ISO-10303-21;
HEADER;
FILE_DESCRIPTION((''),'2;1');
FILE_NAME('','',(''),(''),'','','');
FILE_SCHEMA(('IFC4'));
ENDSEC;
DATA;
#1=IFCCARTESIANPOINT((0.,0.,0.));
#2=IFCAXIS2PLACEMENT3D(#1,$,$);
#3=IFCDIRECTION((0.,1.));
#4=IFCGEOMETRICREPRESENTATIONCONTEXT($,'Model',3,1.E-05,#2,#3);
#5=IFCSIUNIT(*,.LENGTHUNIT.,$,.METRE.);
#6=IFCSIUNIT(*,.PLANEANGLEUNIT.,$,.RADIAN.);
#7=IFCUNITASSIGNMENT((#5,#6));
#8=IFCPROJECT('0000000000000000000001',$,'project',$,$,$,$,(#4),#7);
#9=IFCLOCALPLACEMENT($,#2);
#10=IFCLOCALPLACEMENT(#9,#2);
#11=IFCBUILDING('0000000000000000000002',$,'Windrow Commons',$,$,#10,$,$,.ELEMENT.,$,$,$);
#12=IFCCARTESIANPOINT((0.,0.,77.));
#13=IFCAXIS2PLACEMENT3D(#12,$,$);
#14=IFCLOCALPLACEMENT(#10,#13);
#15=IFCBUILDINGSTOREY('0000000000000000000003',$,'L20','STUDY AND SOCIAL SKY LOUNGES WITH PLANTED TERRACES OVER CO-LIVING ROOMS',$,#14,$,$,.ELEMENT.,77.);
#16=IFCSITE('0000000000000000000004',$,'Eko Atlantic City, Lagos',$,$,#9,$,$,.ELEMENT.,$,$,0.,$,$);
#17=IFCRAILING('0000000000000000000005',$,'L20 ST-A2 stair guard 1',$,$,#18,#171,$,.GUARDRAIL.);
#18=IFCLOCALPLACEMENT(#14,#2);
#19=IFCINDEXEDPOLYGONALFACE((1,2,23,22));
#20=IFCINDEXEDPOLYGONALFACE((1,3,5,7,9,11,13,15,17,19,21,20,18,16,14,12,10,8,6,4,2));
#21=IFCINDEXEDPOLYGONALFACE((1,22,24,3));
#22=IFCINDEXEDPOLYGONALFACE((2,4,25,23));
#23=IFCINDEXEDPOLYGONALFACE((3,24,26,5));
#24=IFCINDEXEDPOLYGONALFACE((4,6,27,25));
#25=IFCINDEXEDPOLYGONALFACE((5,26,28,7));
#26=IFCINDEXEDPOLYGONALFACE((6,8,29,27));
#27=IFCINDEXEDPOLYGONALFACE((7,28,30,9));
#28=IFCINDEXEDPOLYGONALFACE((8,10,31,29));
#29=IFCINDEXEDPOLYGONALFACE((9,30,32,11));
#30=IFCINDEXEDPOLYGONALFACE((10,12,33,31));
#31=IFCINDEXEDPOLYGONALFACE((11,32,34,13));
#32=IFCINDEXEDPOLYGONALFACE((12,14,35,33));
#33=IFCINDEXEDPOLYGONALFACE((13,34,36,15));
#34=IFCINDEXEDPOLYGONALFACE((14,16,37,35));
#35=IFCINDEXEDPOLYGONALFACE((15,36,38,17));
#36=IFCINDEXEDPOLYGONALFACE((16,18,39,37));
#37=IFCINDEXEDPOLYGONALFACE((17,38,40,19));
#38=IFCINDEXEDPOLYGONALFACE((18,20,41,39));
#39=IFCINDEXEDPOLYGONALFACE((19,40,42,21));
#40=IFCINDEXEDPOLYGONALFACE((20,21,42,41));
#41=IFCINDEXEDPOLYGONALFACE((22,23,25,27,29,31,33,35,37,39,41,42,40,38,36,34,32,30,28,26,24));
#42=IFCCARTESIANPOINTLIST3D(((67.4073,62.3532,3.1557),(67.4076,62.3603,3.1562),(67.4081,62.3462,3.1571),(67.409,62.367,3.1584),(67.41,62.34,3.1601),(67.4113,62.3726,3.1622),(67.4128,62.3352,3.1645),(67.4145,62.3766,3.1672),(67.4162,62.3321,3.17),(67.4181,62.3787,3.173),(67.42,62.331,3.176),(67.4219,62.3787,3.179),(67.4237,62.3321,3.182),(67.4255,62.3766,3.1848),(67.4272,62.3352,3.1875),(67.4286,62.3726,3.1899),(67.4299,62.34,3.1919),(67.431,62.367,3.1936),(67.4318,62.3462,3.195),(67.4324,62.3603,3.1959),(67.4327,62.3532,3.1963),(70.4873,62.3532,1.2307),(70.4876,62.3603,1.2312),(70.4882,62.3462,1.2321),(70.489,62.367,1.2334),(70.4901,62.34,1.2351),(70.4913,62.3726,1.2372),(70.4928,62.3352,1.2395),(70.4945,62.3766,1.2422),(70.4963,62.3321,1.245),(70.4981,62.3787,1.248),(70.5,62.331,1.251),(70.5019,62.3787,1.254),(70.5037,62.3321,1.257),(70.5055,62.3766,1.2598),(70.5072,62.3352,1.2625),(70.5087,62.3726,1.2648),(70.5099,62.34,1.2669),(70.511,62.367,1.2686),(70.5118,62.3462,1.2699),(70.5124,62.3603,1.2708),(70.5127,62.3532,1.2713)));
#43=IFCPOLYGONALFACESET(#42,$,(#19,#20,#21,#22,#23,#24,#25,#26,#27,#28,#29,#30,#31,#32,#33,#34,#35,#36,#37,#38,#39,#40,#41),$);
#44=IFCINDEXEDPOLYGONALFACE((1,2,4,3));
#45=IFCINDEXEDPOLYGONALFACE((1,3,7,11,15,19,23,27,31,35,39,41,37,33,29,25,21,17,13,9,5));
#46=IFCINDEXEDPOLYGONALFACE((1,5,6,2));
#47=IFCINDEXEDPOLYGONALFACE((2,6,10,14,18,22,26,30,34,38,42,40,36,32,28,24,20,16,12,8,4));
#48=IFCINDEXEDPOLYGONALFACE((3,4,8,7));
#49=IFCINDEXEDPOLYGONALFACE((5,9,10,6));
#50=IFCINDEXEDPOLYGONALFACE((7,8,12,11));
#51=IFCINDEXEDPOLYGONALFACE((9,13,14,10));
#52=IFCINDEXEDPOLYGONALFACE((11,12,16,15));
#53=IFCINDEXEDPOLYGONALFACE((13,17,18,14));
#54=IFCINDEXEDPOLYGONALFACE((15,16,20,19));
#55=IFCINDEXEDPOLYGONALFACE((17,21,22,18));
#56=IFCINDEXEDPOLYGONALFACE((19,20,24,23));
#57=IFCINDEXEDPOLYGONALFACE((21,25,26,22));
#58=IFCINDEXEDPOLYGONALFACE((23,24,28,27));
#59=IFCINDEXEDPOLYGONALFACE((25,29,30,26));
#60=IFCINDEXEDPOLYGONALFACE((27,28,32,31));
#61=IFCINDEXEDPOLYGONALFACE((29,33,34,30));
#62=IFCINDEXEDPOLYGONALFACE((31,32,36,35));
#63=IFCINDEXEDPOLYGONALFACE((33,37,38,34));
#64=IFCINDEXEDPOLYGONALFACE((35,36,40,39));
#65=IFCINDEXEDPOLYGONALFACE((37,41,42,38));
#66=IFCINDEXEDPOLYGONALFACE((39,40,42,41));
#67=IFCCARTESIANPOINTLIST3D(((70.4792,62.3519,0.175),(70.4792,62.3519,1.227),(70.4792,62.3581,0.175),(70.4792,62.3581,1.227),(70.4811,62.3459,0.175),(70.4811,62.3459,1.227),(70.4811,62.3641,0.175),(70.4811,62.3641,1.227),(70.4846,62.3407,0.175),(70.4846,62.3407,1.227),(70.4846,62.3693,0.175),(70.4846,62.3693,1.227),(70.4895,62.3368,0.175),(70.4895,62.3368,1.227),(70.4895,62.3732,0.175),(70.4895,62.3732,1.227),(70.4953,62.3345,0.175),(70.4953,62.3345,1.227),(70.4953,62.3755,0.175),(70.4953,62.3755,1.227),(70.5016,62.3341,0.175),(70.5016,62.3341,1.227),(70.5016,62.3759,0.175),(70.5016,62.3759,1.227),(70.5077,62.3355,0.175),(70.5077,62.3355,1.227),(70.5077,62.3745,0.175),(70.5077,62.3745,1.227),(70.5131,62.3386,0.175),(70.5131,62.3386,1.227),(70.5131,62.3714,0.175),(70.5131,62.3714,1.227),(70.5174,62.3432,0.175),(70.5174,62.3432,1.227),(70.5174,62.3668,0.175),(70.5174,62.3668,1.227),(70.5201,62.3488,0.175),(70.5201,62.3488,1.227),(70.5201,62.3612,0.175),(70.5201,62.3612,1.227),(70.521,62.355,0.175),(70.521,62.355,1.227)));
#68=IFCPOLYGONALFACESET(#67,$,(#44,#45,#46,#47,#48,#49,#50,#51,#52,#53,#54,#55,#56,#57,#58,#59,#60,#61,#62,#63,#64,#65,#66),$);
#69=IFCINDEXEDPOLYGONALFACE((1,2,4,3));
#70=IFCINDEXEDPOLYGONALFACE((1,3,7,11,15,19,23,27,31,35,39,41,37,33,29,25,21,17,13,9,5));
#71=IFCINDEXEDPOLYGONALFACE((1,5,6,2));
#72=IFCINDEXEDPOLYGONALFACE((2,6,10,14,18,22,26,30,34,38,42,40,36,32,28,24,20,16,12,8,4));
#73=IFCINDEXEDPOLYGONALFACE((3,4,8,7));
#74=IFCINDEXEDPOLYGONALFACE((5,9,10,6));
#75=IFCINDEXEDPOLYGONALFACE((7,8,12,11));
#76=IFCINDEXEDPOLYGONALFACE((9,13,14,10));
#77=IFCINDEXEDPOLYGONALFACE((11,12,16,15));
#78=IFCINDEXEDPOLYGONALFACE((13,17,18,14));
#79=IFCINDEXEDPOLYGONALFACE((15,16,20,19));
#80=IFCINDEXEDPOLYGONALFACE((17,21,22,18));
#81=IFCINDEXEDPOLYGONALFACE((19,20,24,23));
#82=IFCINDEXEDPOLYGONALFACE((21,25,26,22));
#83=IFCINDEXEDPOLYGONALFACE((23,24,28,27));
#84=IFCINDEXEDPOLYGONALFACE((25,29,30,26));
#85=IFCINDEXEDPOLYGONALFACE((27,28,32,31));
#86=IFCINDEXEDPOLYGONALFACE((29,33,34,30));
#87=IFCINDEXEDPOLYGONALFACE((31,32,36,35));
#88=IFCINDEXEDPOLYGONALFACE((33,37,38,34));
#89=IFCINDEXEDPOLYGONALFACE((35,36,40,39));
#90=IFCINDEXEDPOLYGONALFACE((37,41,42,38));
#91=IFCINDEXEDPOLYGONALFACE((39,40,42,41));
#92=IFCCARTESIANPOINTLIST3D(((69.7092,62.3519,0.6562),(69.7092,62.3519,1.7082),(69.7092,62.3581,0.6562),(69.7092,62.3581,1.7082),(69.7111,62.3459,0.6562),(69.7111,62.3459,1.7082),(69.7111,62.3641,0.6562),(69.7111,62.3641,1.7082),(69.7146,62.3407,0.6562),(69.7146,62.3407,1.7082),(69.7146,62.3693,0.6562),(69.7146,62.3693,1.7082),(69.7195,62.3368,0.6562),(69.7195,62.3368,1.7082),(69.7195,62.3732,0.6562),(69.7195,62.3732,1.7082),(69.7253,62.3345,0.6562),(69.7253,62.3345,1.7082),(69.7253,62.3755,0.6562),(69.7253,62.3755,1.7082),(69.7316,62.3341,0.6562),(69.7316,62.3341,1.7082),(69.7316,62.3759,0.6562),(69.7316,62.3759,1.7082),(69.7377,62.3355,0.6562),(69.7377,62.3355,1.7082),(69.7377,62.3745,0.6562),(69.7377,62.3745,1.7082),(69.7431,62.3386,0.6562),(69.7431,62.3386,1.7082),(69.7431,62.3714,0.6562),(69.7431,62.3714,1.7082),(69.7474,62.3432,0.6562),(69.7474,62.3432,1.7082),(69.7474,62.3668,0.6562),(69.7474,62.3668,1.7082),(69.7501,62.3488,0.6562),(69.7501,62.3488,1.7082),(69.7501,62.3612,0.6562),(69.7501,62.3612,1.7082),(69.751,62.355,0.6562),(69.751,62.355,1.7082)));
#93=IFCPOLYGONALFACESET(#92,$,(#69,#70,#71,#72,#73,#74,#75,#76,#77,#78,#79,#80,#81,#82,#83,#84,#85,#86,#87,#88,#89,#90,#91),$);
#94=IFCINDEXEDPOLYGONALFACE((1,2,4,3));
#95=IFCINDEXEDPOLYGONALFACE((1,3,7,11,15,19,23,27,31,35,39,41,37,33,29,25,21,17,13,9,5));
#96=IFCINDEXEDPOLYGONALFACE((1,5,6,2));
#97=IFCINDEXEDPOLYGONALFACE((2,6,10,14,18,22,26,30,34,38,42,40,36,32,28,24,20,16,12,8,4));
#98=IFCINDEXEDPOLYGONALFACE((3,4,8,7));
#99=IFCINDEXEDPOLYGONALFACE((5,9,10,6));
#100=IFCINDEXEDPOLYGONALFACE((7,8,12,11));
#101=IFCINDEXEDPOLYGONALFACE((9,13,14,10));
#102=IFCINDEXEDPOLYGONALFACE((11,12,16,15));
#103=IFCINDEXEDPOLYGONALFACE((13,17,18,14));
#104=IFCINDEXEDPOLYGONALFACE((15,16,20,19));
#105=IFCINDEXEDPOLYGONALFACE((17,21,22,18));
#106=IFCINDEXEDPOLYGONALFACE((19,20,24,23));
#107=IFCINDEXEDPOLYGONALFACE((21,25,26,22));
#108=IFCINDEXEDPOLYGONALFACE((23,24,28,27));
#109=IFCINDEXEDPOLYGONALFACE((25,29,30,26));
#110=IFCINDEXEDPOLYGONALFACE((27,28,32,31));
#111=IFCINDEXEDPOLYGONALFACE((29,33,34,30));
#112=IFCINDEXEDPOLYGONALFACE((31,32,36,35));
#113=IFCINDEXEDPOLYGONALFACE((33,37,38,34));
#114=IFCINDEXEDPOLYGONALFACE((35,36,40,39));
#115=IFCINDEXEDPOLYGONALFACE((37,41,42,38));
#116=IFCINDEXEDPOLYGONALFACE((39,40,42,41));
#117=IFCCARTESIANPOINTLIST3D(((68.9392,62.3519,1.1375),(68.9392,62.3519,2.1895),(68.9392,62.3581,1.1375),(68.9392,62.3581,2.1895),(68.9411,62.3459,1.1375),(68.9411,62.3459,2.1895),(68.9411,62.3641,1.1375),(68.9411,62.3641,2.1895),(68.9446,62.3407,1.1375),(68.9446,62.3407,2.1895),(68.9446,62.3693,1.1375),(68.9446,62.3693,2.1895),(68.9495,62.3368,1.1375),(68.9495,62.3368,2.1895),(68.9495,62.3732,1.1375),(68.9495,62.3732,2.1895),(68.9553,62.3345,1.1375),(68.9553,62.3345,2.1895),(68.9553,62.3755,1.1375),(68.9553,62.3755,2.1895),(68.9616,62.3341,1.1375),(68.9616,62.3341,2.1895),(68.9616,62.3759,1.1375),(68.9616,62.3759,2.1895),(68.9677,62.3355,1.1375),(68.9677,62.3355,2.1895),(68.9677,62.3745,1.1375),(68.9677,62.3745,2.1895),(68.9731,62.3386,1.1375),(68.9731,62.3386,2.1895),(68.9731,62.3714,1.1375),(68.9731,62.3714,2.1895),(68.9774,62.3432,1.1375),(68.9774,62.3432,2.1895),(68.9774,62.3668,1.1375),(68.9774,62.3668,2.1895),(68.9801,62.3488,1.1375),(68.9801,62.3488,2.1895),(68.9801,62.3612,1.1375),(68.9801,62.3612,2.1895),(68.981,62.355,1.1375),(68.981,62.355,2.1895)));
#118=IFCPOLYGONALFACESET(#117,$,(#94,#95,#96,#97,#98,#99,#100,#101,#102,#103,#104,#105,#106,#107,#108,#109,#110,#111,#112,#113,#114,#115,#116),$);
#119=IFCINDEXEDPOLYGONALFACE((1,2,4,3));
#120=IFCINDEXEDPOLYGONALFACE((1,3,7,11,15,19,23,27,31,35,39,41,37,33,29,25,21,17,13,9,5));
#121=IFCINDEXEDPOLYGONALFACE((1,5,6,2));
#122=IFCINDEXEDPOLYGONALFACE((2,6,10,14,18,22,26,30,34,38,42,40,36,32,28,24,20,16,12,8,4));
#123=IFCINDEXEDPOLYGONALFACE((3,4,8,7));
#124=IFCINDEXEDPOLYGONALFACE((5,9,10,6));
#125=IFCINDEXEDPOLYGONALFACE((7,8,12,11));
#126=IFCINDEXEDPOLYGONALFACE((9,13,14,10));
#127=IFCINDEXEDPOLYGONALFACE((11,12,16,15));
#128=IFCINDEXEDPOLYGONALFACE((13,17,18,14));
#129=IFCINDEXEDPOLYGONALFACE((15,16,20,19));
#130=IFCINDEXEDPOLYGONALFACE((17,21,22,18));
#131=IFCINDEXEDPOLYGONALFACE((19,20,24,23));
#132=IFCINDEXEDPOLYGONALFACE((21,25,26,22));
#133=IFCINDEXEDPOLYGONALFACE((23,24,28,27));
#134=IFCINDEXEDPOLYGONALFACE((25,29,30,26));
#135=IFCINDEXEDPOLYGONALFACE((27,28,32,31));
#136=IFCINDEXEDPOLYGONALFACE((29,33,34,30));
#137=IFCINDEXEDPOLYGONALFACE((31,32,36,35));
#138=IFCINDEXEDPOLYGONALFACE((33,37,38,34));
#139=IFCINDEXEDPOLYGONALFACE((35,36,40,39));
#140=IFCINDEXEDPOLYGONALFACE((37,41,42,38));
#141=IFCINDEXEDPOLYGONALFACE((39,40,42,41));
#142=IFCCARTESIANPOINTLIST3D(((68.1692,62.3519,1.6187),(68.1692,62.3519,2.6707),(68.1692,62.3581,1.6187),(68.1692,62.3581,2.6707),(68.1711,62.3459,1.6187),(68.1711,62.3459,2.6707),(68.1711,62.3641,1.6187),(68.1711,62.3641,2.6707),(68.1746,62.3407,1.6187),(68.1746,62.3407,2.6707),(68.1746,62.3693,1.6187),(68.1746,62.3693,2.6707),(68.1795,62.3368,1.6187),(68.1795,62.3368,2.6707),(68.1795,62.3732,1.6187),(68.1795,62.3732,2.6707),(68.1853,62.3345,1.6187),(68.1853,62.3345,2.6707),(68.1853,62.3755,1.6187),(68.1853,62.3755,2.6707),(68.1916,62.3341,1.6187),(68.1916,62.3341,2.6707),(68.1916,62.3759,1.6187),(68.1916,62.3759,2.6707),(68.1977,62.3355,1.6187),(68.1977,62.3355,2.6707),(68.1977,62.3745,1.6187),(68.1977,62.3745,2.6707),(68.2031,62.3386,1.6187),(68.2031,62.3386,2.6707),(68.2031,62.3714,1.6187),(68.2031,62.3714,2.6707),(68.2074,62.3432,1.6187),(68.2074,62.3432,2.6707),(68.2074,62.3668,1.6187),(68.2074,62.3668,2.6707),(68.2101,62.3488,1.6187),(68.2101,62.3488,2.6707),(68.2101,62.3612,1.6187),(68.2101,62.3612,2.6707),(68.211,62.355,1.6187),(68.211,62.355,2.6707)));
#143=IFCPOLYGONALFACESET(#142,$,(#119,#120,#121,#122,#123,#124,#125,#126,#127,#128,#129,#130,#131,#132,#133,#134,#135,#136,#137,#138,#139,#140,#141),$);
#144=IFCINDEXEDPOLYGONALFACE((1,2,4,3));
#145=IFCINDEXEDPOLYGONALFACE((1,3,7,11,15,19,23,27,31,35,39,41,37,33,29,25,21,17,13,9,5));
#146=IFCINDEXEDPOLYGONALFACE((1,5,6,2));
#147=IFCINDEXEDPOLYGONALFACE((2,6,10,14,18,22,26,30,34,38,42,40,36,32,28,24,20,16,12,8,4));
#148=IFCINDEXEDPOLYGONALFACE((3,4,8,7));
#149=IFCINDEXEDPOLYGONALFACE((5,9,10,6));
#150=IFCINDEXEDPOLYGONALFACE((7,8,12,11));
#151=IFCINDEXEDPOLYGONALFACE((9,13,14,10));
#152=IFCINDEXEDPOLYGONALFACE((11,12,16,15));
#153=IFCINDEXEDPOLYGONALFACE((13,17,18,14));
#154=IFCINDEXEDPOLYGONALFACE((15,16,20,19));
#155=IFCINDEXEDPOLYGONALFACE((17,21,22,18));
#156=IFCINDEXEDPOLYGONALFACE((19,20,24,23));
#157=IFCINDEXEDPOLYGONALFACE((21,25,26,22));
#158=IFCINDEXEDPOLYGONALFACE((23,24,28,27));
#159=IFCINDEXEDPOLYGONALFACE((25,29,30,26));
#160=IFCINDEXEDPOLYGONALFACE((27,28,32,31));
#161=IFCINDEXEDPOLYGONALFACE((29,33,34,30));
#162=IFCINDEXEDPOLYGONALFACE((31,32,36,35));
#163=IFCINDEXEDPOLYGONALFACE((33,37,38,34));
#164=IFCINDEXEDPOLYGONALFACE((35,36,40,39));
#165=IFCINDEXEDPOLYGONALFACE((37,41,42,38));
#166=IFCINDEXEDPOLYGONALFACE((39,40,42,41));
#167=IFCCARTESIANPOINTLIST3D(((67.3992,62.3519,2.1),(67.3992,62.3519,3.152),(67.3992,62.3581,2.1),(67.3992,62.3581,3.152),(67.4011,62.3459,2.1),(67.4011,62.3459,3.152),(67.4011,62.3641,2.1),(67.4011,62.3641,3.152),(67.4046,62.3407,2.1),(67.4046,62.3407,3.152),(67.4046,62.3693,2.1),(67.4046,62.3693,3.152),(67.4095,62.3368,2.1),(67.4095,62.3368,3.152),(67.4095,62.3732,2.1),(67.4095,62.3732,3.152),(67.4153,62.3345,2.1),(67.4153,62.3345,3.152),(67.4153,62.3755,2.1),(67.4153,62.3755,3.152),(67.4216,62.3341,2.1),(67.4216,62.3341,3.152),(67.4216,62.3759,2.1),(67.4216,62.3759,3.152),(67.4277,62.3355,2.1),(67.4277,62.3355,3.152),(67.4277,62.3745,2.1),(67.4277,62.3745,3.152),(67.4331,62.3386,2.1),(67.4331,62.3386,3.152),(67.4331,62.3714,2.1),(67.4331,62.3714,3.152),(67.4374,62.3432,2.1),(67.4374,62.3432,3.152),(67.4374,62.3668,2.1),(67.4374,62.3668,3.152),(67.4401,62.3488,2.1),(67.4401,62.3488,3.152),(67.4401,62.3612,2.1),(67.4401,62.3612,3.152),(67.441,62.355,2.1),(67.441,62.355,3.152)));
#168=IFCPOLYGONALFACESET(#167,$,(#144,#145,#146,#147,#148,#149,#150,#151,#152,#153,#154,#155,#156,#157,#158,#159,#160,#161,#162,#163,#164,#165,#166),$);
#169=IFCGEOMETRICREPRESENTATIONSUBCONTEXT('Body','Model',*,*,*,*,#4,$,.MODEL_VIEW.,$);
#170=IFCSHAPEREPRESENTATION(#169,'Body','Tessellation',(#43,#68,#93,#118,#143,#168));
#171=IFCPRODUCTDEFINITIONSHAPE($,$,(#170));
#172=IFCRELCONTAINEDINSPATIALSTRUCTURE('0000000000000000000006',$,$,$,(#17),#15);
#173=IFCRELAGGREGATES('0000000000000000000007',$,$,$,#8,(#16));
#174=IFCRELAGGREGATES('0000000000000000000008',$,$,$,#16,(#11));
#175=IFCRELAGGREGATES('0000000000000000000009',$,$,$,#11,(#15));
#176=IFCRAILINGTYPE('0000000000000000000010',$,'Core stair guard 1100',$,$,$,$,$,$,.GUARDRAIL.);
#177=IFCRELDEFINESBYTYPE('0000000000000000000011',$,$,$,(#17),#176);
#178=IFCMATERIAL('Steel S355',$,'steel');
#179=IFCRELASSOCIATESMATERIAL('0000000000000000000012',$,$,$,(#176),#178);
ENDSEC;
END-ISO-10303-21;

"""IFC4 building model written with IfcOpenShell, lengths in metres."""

from ifc_helpers import new_model, si_unit, direction, frame, origin, origin_2d, place, context, subcontext, project, spatial, circle, extrude, material, type_object, element, save


model = new_model("IFC4")

# Units and contexts
model_context = context("Model", 3, precision=1e-05, world=origin(), true_north=direction((0.0, 1.0)))
body_context = subcontext(model_context, "Body", "Model", "MODEL_VIEW")
ifc_project = project(units=[si_unit("LENGTHUNIT", "METRE"), si_unit("PLANEANGLEUNIT", "RADIAN")], contexts=[model_context])

# Site, building, storey
site_placement = place(None, origin())
site = spatial("IfcSite", under=ifc_project, at=site_placement, Name="Eko Atlantic City, Lagos", CompositionType="ELEMENT", RefElevation=0.0)
building_placement = place(site_placement, origin())
building = spatial("IfcBuilding", under=site, at=building_placement, Name="Windrow Commons", CompositionType="ELEMENT")
storey_placement = place(building_placement, frame((0.0, 0.0, 77.0)))
storey = spatial("IfcBuildingStorey", under=building, at=storey_placement, Name="L20", Description="STUDY AND SOCIAL SKY LOUNGES WITH PLANTED TERRACES OVER CO-LIVING ROOMS", CompositionType="ELEMENT", Elevation=77.0)

# Railing
ifc_material_1 = material(Name="Steel S355", Category="steel")
railing_type_1 = type_object("IfcRailingType", Name="Core stair guard 1100", PredefinedType="GUARDRAIL", material=ifc_material_1)
railing_1_placement = place(storey_placement, frame((70.5, 62.355, 0.175)))
element("IfcRailing", 1, at=railing_1_placement, inside=storey, type_object=railing_type_1, Name="L20 ST-A2 stair guard 1", PredefinedType="GUARDRAIL", context=body_context, shape_type="SweptSolid", body=[
    extrude(circle(Radius=0.024, at=origin_2d()), frame((0.0, 0.0, 1.076), z_axis=(-0.847998, 0.0, 0.529999), x_axis=(0.0, -1.0, 0.0)), (0.0, 0.0, 1.0), 3.6321),
    extrude(circle(Radius=0.021, at=origin_2d()), origin(), (0.0, 0.0, 1.0), 1.052),
    extrude(circle(Radius=0.021, at=origin_2d()), frame((-0.77, 0.0, 0.4812)), (0.0, 0.0, 1.0), 1.052),
    extrude(circle(Radius=0.021, at=origin_2d()), frame((-1.54, 0.0, 0.9625)), (0.0, 0.0, 1.0), 1.052),
    extrude(circle(Radius=0.021, at=origin_2d()), frame((-2.31, 0.0, 1.4437)), (0.0, 0.0, 1.0), 1.052),
    extrude(circle(Radius=0.021, at=origin_2d()), frame((-3.08, 0.0, 1.925)), (0.0, 0.0, 1.0), 1.052),
])

save(model, "model.ifc")
